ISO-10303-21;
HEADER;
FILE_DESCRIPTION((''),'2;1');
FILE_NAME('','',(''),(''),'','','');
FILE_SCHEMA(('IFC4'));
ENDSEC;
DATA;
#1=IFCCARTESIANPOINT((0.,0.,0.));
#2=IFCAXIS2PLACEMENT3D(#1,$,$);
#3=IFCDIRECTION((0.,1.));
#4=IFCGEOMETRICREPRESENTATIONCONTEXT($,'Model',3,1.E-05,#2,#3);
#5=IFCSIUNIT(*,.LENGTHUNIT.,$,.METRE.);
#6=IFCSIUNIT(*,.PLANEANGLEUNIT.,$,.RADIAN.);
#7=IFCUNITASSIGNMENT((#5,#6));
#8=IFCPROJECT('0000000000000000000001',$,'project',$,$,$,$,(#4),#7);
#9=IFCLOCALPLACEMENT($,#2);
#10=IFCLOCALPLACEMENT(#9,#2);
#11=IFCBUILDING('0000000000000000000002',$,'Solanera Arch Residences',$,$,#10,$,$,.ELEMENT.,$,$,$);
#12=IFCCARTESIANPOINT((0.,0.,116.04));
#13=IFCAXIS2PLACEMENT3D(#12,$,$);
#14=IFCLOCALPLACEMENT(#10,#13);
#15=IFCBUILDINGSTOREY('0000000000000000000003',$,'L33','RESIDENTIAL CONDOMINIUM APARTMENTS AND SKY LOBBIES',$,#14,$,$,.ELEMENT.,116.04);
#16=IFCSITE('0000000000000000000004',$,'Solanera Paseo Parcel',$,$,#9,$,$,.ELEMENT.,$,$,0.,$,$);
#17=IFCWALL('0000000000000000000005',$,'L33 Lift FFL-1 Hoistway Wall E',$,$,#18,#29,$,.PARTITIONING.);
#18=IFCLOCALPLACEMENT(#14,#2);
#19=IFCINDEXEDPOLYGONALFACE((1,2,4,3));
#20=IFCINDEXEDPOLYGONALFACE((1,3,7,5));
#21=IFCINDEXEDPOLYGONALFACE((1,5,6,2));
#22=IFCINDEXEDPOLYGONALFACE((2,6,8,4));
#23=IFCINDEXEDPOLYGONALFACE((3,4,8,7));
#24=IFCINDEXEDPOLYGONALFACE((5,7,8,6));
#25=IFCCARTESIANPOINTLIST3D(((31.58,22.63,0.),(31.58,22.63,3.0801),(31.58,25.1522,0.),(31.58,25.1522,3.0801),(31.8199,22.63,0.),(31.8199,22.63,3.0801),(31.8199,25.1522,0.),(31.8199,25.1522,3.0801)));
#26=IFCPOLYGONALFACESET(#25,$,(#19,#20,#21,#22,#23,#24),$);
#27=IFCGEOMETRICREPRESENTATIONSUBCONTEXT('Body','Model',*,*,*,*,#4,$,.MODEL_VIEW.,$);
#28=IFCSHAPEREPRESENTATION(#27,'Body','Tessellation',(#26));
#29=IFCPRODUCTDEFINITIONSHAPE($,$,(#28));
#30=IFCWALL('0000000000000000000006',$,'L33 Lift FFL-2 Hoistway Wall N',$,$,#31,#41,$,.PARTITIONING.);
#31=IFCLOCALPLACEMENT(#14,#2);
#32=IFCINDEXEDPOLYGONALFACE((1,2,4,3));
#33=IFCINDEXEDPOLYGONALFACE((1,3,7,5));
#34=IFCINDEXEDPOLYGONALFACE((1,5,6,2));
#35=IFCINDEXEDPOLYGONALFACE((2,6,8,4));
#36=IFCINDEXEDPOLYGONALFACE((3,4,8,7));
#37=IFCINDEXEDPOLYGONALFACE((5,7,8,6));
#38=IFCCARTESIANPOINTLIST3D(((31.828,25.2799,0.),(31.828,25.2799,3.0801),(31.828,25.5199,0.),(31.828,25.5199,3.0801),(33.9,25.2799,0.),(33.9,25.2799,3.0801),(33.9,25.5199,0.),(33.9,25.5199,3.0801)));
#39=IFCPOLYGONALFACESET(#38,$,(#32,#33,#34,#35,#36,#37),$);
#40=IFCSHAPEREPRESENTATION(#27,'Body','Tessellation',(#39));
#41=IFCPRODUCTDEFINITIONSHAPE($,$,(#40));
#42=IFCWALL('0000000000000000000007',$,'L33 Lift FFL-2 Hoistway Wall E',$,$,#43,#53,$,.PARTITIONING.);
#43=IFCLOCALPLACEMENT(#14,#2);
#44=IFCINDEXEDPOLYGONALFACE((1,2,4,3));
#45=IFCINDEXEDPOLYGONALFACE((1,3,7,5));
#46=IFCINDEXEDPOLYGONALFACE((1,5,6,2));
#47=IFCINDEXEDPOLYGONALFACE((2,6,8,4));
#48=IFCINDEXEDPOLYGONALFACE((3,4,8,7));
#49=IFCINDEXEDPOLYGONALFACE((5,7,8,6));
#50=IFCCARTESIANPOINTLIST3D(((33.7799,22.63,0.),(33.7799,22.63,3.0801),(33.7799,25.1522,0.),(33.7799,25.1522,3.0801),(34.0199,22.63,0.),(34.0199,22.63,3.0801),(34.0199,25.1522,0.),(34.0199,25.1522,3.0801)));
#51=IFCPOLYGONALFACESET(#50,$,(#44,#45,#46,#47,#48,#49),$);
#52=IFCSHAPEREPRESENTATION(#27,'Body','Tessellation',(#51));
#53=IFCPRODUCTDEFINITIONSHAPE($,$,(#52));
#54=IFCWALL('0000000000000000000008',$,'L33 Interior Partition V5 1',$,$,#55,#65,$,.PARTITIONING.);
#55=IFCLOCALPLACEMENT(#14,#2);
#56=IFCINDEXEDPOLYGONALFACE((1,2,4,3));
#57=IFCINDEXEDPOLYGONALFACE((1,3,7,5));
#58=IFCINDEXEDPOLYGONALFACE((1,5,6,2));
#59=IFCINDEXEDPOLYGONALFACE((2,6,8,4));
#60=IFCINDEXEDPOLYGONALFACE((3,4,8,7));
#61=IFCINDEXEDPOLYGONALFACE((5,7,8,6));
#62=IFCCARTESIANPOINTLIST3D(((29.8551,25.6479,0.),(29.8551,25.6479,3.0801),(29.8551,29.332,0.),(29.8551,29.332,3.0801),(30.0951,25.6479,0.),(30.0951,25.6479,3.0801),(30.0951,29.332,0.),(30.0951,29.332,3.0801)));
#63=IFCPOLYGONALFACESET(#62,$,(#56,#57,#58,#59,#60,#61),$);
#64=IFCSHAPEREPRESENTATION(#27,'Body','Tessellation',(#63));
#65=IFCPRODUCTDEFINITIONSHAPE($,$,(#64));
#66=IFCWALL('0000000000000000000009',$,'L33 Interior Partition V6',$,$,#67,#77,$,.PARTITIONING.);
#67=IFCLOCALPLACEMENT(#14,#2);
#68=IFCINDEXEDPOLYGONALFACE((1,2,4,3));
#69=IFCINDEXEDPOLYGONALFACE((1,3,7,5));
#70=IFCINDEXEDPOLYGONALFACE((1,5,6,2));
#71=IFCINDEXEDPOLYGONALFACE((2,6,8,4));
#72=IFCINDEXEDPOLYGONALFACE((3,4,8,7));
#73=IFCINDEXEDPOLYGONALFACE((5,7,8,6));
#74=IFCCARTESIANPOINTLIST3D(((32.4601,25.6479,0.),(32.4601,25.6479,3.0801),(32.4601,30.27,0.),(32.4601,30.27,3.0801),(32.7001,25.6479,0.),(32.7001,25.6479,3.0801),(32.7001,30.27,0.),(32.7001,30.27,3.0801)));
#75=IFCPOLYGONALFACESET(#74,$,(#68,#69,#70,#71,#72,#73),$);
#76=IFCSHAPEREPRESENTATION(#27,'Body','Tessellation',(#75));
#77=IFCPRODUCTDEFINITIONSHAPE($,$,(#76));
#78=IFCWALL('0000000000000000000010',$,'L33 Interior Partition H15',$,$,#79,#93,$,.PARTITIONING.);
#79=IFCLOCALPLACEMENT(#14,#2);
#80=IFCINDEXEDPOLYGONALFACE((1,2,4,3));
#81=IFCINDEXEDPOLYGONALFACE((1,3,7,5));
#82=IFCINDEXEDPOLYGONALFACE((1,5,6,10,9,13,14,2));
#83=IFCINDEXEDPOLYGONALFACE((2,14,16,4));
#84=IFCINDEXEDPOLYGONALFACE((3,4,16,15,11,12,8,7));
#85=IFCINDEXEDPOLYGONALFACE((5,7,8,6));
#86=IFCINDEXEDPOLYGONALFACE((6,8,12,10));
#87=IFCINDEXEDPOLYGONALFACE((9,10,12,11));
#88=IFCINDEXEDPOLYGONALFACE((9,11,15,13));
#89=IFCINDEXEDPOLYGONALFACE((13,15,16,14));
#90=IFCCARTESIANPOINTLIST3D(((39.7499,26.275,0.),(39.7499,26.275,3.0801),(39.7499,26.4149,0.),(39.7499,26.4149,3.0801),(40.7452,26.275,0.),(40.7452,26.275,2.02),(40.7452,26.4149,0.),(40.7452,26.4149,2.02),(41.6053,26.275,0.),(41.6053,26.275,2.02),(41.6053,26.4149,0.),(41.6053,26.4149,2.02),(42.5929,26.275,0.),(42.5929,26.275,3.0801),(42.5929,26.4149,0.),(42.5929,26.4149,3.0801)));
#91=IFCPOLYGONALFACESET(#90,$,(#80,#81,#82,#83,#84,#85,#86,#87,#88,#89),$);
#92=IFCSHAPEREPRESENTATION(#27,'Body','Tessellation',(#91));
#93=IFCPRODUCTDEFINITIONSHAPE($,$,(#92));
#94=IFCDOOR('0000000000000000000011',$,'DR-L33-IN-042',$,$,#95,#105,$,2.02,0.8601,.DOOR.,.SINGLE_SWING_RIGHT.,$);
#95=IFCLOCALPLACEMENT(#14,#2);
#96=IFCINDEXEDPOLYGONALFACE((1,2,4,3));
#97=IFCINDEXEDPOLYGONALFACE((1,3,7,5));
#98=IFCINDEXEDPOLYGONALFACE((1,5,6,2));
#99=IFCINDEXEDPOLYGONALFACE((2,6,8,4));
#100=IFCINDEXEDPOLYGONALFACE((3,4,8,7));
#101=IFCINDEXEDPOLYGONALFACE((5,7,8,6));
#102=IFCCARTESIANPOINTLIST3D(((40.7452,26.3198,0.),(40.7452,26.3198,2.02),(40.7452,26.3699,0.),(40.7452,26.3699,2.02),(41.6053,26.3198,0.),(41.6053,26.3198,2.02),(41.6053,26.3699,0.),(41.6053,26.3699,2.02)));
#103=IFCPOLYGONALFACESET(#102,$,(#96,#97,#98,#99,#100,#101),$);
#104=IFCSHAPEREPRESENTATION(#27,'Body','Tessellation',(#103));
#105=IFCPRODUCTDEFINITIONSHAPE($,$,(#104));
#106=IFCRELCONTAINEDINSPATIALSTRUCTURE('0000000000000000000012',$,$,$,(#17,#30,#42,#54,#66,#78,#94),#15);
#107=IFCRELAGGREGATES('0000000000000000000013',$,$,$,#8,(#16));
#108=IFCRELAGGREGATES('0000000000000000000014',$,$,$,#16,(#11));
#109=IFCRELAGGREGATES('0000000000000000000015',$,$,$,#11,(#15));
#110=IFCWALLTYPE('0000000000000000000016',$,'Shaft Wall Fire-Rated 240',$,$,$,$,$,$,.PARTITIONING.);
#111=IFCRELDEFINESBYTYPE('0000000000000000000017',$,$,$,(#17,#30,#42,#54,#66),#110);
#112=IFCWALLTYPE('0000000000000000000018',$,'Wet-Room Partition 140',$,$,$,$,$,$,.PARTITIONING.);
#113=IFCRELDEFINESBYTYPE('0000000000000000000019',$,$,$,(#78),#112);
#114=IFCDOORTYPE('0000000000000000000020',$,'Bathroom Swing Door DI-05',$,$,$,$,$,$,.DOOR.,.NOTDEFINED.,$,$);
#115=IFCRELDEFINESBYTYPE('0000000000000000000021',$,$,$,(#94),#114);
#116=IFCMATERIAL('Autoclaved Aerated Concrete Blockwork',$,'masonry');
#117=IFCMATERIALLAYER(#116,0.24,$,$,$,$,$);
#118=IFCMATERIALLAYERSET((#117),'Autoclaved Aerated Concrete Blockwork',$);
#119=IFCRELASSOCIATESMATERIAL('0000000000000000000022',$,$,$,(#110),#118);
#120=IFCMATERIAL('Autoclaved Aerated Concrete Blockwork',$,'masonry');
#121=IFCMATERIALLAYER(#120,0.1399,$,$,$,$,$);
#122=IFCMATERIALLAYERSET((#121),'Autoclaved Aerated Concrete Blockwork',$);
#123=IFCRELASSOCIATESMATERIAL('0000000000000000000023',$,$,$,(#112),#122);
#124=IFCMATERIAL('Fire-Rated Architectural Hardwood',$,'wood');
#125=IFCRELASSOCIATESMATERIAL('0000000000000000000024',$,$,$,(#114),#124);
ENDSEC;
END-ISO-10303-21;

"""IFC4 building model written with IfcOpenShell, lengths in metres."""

from ifc_helpers import new_model, si_unit, direction, frame, frame_2d, origin, place, context, subcontext, project, spatial, rectangle, extrude, material, layer, layer_set, type_object, element, fill, save


model = new_model("IFC4")

# Units and contexts
model_context = context("Model", 3, precision=1e-05, world=origin(), true_north=direction((0.0, 1.0)))
body_context = subcontext(model_context, "Body", "Model", "MODEL_VIEW")
ifc_project = project(units=[si_unit("LENGTHUNIT", "METRE"), si_unit("PLANEANGLEUNIT", "RADIAN")], contexts=[model_context])

# Site, building, storey
site_placement = place(None, origin())
site = spatial("IfcSite", under=ifc_project, at=site_placement, Name="Solanera Paseo Parcel", CompositionType="ELEMENT", RefElevation=0.0)
building_placement = place(site_placement, origin())
building = spatial("IfcBuilding", under=site, at=building_placement, Name="Solanera Arch Residences", CompositionType="ELEMENT")
storey_placement = place(building_placement, frame((0.0, 0.0, 116.04)))
storey = spatial("IfcBuildingStorey", under=building, at=storey_placement, Name="L33", Description="RESIDENTIAL CONDOMINIUM APARTMENTS AND SKY LOBBIES", CompositionType="ELEMENT", Elevation=116.04)

# Walls
ifc_material_1 = material(Name="Autoclaved Aerated Concrete Blockwork", Category="masonry")
ifc_layer_1 = layer(ifc_material_1, 0.24)
ifc_layer_set_1 = layer_set([ifc_layer_1], Name="Autoclaved Aerated Concrete Blockwork")
wall_type_1 = type_object("IfcWallType", Name="Shaft Wall Fire-Rated 240", PredefinedType="PARTITIONING", material=ifc_layer_set_1)
wall_1_placement = place(storey_placement, frame((31.7, 22.6299, 0.0), z_axis=(0.0, 0.0, 1.0), x_axis=(0.0, 1.0, 0.0)))
element("IfcWall", 1, at=wall_1_placement, inside=storey, type_object=wall_type_1, Name="L33 Lift FFL-1 Hoistway Wall E", PredefinedType="PARTITIONING", context=body_context, shape_type="SweptSolid", body=[
    extrude(rectangle(XDim=2.5222, YDim=0.24, at=frame_2d((1.2612, 0.0))), origin(), (0.0, 0.0, 1.0), 3.0801),
])
wall_2_placement = place(storey_placement, frame((31.8279, 25.3999, 0.0), z_axis=(0.0, 0.0, 1.0), x_axis=(1.0, 0.0, 0.0)))
element("IfcWall", 2, at=wall_2_placement, inside=storey, type_object=wall_type_1, Name="L33 Lift FFL-2 Hoistway Wall N", PredefinedType="PARTITIONING", context=body_context, shape_type="SweptSolid", body=[
    extrude(rectangle(XDim=2.072, YDim=0.24, at=frame_2d((1.0361, 0.0))), origin(), (0.0, 0.0, 1.0), 3.0801),
])
wall_3_placement = place(storey_placement, frame((33.8999, 22.6299, 0.0), z_axis=(0.0, 0.0, 1.0), x_axis=(0.0, 1.0, 0.0)))
element("IfcWall", 3, at=wall_3_placement, inside=storey, type_object=wall_type_1, Name="L33 Lift FFL-2 Hoistway Wall E", PredefinedType="PARTITIONING", context=body_context, shape_type="SweptSolid", body=[
    extrude(rectangle(XDim=2.5222, YDim=0.24, at=frame_2d((1.2612, 0.0))), origin(), (0.0, 0.0, 1.0), 3.0801),
])
wall_4_placement = place(storey_placement, frame((29.9751, 25.6479, 0.0), z_axis=(0.0, 0.0, 1.0), x_axis=(0.0, 1.0, 0.0)))
element("IfcWall", 4, at=wall_4_placement, inside=storey, type_object=wall_type_1, Name="L33 Interior Partition V5 1", PredefinedType="PARTITIONING", context=body_context, shape_type="SweptSolid", body=[
    extrude(rectangle(XDim=3.6841, YDim=0.24, at=frame_2d((1.842, 0.0))), origin(), (0.0, 0.0, 1.0), 3.0801),
])

# Wall
wall_5_placement = place(storey_placement, frame((32.5801, 25.6479, 0.0), z_axis=(0.0, 0.0, 1.0), x_axis=(0.0, 1.0, 0.0)))
element("IfcWall", 5, at=wall_5_placement, inside=storey, type_object=wall_type_1, Name="L33 Interior Partition V6", PredefinedType="PARTITIONING", context=body_context, shape_type="SweptSolid", body=[
    extrude(rectangle(XDim=4.6221, YDim=0.24, at=frame_2d((2.311, 0.0))), origin(), (0.0, 0.0, 1.0), 3.0801),
])

# Wall, opening, door
ifc_material_2 = material(Name="Autoclaved Aerated Concrete Blockwork", Category="masonry")
ifc_layer_2 = layer(ifc_material_2, 0.1399)
ifc_layer_set_2 = layer_set([ifc_layer_2], Name="Autoclaved Aerated Concrete Blockwork")
wall_type_2 = type_object("IfcWallType", Name="Wet-Room Partition 140", PredefinedType="PARTITIONING", material=ifc_layer_set_2)
wall_6_placement = place(storey_placement, frame((39.75, 26.345, 0.0), z_axis=(0.0, 0.0, 1.0), x_axis=(1.0, 0.0, 0.0)))
wall_6 = element("IfcWall", 6, at=wall_6_placement, inside=storey, type_object=wall_type_2, Name="L33 Interior Partition H15", PredefinedType="PARTITIONING", context=body_context, shape_type="SweptSolid", body=[
    extrude(rectangle(XDim=2.843, YDim=0.1399, at=frame_2d((1.4214, 0.0))), origin(), (0.0, 0.0, 1.0), 3.0801),
])
opening_1_placement = place(wall_6_placement, frame((0.9951, 0.0, 0.0)))
opening_1 = element("IfcOpeningElement", 7, at=opening_1_placement, cuts=wall_6, PredefinedType="OPENING", context=body_context, shape_type="SweptSolid", body=[
    extrude(rectangle(XDim=0.8601, YDim=2.02, at=frame_2d((0.4302, 1.01))), frame((0.0, 0.0798, 0.0), z_axis=(0.0, -1.0, 0.0), x_axis=(1.0, 0.0, 0.0)), (0.0, 0.0, 1.0), 0.1599),
])
ifc_material_3 = material(Name="Fire-Rated Architectural Hardwood", Category="wood")
door_type_1 = type_object("IfcDoorType", Name="Bathroom Swing Door DI-05", OperationType="NOTDEFINED", PredefinedType="DOOR", material=ifc_material_3)
door_1_placement = place(opening_1_placement, origin())
door_1 = element("IfcDoor", 8, at=door_1_placement, inside=storey, type_object=door_type_1, Name="DR-L33-IN-042", OperationType="SINGLE_SWING_RIGHT", OverallHeight=2.02, OverallWidth=0.8601, PredefinedType="DOOR", context=body_context, shape_type="SweptSolid", body=[
    extrude(rectangle(XDim=0.8601, YDim=2.02, at=frame_2d((0.4302, 1.01))), frame((0.0, 0.0249, 0.0), z_axis=(0.0, -1.0, 0.0), x_axis=(1.0, 0.0, 0.0)), (0.0, 0.0, 1.0), 0.05),
])
fill(opening_1, door_1)

save(model, "model.ifc")
